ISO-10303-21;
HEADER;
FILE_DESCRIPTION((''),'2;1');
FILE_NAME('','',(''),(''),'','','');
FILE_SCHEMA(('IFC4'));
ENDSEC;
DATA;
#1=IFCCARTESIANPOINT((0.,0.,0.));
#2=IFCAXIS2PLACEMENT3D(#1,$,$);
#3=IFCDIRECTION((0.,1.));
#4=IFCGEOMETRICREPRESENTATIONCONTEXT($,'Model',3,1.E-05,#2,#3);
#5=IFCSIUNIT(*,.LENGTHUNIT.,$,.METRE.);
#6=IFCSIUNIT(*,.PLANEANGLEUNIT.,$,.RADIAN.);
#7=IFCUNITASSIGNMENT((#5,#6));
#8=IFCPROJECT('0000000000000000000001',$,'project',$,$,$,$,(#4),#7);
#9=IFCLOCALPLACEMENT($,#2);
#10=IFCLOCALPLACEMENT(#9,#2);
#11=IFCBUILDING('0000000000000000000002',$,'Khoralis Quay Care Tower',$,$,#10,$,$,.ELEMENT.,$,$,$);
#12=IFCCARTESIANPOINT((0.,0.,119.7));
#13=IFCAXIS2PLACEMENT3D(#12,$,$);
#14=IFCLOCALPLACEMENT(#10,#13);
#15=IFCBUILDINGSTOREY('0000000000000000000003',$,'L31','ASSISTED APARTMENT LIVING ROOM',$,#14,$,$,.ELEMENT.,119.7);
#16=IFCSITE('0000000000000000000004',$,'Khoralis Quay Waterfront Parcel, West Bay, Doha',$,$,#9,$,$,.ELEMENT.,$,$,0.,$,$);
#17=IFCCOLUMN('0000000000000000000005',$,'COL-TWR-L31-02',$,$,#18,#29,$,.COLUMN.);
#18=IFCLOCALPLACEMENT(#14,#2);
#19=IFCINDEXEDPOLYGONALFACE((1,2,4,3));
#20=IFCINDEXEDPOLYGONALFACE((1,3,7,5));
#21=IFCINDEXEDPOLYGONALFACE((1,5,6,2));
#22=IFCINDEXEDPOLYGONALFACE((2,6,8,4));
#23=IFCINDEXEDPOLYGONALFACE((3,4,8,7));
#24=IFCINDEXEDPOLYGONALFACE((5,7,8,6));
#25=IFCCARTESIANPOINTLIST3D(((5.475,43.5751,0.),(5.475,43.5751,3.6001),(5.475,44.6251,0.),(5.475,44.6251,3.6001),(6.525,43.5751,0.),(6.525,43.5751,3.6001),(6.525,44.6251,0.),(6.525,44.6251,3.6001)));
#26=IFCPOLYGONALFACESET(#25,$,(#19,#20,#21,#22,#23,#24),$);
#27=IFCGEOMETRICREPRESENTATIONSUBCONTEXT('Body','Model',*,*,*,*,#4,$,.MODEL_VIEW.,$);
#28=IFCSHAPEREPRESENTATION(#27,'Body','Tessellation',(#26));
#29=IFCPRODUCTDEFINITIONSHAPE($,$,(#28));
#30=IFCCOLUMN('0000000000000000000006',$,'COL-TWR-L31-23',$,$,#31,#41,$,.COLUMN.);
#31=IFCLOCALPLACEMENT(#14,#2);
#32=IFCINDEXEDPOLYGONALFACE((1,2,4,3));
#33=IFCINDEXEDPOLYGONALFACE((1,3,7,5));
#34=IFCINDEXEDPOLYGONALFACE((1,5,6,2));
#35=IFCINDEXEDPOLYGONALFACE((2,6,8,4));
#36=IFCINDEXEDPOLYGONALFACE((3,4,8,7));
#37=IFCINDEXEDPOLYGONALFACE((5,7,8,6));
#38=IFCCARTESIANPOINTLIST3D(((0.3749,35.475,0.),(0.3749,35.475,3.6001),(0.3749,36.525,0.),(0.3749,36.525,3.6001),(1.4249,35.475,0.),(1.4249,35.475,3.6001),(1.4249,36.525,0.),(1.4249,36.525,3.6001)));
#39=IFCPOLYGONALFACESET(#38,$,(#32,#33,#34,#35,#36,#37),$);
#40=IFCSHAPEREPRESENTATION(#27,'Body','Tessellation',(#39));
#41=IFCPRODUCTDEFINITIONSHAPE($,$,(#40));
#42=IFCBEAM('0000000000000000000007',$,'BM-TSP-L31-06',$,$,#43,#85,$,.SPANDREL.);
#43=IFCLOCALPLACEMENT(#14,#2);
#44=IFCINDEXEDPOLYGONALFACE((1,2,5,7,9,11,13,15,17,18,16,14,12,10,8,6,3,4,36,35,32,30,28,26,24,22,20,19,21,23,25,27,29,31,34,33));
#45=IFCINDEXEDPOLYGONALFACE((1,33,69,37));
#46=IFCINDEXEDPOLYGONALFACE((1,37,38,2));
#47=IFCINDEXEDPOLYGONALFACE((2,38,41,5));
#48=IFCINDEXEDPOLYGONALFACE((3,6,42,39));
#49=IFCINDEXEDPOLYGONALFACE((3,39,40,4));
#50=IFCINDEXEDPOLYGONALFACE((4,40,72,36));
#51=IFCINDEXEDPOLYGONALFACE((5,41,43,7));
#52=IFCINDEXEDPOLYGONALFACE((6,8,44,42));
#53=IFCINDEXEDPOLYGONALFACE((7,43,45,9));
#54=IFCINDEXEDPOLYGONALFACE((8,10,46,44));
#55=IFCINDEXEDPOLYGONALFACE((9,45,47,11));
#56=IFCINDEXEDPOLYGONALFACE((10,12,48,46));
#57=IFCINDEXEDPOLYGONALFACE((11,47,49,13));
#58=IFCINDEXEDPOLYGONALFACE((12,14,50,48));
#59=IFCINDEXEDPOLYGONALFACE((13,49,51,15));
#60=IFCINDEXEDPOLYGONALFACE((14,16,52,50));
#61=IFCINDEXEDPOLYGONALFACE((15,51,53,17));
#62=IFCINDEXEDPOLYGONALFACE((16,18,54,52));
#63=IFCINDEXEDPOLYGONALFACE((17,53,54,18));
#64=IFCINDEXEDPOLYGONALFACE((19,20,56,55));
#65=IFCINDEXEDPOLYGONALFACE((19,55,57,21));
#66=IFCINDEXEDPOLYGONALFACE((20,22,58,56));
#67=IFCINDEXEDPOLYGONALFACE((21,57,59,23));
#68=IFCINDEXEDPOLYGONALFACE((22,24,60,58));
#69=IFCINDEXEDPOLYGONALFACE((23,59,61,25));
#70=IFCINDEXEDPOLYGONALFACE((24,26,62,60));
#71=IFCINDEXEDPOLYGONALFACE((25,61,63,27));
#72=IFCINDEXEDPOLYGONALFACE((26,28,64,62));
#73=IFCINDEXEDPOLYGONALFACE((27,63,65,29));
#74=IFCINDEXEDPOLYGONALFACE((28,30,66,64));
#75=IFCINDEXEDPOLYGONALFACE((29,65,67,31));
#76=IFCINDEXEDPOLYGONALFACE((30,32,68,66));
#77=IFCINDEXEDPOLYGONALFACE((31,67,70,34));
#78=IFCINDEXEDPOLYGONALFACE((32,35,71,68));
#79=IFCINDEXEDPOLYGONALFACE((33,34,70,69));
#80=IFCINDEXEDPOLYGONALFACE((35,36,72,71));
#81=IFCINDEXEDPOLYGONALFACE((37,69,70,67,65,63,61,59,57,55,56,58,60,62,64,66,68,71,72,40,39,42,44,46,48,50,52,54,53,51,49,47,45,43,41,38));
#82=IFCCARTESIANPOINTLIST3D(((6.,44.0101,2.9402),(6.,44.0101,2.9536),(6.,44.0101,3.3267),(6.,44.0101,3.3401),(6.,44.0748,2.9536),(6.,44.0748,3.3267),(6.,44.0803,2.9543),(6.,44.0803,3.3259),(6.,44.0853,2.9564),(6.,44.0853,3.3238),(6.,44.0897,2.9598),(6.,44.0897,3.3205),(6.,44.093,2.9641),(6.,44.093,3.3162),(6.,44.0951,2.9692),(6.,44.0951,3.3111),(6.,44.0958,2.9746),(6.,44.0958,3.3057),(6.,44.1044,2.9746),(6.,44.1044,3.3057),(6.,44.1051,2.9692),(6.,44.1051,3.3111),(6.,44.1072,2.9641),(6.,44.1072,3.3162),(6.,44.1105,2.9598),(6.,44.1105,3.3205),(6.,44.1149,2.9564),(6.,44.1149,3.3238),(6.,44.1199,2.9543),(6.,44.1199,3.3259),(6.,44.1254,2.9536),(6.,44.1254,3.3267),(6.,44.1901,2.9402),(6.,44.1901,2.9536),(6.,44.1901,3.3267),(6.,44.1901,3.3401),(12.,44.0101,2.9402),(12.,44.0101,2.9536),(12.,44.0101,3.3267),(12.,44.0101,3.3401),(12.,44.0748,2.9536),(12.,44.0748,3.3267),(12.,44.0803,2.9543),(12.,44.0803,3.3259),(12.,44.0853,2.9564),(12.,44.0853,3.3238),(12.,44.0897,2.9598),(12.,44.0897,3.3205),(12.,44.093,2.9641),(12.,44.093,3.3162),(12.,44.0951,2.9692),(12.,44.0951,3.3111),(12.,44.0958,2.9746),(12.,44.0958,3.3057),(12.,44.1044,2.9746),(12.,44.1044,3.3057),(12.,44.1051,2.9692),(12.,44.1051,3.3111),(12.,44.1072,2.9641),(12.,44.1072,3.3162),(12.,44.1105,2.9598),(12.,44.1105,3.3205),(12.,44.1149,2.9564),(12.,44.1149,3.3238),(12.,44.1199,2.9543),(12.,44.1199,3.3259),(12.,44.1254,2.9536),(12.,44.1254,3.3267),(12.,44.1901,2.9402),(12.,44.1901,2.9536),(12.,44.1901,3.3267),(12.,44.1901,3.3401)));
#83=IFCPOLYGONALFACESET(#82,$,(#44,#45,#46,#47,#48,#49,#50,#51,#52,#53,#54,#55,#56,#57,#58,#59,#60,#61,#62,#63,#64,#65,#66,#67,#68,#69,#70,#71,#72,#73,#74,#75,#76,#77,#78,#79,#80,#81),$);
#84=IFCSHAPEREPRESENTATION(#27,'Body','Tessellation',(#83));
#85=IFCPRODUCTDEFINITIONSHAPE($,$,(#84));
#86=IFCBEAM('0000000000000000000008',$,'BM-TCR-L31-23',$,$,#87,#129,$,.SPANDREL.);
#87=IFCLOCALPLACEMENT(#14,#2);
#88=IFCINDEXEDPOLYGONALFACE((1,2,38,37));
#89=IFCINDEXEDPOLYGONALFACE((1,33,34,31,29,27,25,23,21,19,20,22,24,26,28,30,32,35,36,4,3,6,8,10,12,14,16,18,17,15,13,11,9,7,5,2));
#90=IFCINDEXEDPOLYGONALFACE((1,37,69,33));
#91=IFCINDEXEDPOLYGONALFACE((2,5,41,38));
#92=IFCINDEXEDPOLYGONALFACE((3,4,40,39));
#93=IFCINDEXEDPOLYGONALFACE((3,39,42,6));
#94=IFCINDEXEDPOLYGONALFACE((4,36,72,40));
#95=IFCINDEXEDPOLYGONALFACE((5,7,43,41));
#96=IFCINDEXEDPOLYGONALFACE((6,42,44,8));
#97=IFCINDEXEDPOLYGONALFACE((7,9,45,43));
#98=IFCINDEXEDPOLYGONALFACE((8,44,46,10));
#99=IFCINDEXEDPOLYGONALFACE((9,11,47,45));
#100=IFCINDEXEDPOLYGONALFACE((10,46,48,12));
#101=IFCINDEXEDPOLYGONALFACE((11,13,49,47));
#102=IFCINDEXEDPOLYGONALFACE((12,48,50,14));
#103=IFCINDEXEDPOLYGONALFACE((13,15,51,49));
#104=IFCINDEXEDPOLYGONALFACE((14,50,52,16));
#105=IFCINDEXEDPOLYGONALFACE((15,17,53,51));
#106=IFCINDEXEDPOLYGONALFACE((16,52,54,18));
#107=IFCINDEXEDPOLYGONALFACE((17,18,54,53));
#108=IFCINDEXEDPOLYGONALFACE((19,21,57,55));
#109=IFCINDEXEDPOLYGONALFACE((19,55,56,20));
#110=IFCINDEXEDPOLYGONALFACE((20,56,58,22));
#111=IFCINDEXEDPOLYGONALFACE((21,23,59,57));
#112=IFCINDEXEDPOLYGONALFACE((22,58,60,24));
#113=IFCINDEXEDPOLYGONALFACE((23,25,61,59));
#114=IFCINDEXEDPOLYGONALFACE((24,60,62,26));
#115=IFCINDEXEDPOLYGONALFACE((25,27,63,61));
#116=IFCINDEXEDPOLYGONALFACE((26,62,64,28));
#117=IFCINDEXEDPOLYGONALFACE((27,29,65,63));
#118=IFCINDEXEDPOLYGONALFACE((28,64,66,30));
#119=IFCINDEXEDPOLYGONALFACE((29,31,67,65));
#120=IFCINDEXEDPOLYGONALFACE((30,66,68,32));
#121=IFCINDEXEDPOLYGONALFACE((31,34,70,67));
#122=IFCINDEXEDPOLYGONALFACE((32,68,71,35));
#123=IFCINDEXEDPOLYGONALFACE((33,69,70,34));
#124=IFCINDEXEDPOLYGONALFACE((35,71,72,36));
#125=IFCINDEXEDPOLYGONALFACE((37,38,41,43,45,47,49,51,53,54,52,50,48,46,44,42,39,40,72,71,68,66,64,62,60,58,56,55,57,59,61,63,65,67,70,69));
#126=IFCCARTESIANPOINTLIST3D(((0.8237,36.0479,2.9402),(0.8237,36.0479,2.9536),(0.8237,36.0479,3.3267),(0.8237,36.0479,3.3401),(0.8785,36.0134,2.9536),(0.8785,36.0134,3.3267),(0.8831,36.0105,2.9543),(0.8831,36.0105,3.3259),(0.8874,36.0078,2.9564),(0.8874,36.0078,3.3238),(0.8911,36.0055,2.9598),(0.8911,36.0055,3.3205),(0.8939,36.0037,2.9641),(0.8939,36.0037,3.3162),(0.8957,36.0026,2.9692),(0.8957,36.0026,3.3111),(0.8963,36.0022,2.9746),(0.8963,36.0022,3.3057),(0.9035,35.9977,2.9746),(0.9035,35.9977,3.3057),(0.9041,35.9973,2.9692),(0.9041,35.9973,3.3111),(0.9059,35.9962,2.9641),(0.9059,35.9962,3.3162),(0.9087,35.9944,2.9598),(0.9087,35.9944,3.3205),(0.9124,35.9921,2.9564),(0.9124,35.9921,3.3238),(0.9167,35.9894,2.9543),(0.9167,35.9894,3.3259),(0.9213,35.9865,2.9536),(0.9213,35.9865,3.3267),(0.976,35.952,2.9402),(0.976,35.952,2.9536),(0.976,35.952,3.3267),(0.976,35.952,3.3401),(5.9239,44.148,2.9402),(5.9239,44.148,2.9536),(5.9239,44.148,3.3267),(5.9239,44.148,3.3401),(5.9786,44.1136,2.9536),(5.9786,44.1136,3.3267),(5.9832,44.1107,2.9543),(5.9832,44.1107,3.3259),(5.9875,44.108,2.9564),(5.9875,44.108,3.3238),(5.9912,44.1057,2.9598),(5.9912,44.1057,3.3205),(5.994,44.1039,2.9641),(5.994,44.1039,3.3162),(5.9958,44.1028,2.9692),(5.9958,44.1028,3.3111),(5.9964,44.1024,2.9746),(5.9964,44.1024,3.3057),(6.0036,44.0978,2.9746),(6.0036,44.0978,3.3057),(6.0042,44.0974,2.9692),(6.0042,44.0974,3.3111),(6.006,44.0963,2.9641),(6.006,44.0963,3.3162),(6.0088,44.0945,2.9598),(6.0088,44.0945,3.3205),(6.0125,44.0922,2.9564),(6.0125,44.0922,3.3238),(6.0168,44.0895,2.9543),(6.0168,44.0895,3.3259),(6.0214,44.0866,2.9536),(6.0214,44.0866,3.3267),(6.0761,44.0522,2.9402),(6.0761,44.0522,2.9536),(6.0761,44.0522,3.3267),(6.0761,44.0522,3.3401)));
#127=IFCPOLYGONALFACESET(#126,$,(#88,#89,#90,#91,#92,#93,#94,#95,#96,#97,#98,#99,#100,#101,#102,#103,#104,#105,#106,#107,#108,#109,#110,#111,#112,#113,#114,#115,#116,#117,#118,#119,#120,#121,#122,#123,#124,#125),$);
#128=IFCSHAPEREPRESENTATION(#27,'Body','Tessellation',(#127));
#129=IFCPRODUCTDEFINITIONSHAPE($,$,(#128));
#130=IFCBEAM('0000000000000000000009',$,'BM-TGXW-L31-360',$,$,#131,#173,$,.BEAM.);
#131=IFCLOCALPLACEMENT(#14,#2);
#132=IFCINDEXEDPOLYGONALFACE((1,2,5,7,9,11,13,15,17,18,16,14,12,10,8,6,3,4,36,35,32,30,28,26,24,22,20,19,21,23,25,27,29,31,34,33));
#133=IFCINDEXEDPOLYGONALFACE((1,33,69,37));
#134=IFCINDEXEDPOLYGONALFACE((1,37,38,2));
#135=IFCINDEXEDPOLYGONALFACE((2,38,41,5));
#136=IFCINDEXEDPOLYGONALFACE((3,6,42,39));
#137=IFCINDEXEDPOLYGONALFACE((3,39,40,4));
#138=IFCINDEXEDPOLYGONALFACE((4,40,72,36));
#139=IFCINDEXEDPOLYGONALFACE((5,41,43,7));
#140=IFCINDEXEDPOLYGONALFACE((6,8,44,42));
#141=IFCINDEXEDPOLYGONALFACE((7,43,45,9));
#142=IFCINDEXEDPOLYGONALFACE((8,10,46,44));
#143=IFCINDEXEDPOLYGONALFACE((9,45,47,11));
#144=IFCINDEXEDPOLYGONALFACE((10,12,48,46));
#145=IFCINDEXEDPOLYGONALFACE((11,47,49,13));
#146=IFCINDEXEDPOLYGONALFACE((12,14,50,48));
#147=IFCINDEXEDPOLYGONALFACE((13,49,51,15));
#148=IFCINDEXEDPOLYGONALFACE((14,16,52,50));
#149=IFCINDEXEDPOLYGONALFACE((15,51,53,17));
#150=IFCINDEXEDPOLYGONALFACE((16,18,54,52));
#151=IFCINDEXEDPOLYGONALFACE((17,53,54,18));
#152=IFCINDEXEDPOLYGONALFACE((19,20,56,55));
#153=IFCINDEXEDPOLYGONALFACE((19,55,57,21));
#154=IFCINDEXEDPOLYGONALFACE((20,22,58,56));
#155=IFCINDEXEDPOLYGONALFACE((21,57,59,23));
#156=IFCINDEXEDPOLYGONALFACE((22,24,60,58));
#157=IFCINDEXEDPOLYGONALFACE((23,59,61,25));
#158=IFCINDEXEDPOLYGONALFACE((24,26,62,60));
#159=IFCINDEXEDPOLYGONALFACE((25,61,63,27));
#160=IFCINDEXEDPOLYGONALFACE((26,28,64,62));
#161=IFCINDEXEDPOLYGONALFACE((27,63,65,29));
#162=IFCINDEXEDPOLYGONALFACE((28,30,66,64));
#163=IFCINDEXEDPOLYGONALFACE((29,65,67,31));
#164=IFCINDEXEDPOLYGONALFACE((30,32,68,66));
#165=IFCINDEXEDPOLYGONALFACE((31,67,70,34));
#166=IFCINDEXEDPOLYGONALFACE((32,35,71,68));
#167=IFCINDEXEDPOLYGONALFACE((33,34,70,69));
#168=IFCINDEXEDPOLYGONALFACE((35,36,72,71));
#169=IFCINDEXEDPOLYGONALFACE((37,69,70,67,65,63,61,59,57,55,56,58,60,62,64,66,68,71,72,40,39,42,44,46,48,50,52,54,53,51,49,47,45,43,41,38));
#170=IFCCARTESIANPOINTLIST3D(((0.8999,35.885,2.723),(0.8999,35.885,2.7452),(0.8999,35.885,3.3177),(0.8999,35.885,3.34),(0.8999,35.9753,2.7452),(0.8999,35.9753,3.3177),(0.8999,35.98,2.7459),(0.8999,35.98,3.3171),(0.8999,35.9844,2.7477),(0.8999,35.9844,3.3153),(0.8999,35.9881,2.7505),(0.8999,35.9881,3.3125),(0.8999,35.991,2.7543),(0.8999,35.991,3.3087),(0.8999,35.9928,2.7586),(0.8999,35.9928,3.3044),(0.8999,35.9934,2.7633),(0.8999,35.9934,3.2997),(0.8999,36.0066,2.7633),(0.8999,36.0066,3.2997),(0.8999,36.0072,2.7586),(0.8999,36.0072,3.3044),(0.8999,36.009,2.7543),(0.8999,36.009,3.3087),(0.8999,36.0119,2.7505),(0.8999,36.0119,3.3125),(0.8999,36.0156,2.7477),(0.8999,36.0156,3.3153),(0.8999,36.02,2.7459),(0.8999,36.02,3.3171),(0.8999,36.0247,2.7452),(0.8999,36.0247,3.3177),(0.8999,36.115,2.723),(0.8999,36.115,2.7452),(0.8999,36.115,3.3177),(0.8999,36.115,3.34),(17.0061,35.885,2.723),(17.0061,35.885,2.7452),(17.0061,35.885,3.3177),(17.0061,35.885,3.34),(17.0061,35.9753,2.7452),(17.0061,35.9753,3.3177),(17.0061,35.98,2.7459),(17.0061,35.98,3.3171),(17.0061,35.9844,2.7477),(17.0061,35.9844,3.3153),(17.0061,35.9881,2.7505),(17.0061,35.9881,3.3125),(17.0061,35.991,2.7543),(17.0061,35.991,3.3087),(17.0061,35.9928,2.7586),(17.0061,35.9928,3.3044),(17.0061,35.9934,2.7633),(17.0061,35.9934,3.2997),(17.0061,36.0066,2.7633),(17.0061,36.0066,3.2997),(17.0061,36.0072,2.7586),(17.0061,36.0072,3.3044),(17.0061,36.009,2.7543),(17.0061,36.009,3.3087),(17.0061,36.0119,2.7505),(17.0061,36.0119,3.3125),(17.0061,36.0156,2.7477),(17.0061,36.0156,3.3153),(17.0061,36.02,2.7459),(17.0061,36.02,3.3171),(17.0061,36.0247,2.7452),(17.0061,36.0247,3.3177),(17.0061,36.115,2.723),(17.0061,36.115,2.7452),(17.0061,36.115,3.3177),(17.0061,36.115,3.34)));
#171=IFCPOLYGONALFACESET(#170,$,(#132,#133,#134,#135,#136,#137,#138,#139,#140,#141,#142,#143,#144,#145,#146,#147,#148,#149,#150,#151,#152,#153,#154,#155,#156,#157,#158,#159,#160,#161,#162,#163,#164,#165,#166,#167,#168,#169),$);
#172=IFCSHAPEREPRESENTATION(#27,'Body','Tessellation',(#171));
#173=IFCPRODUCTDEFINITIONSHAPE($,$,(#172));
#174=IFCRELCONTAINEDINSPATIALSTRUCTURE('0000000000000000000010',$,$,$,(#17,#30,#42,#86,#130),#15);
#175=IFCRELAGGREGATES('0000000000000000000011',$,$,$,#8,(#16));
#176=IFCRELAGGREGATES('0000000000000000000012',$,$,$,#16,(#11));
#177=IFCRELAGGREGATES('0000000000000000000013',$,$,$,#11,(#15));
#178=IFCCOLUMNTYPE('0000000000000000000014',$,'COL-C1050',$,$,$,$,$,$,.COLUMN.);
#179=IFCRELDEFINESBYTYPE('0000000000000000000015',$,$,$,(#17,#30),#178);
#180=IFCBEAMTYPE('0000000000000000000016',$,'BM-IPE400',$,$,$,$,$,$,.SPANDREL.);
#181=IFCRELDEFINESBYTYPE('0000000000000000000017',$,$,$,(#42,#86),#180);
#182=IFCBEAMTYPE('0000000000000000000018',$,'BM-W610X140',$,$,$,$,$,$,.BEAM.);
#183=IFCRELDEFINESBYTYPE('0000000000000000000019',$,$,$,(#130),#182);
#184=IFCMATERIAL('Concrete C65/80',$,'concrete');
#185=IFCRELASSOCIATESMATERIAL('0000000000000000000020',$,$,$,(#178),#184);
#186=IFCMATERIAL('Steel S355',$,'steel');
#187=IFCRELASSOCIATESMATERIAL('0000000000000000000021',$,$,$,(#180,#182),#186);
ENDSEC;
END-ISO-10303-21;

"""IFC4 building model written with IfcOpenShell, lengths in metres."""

from ifc_helpers import new_model, si_unit, direction, frame, origin, origin_2d, place, context, subcontext, project, spatial, rectangle, i_section, extrude, source, transform, mapped, material, material_profile, profile_set, type_object, element, save


model = new_model("IFC4")

# Units and contexts
model_context = context("Model", 3, precision=1e-05, world=origin(), true_north=direction((0.0, 1.0)))
body_context = subcontext(model_context, "Body", "Model", "MODEL_VIEW")
ifc_project = project(units=[si_unit("LENGTHUNIT", "METRE"), si_unit("PLANEANGLEUNIT", "RADIAN")], contexts=[model_context])

# Site, building, storey
site_placement = place(None, origin())
site = spatial("IfcSite", under=ifc_project, at=site_placement, Name="Khoralis Quay Waterfront Parcel, West Bay, Doha", CompositionType="ELEMENT", RefElevation=0.0)
building_placement = place(site_placement, origin())
building = spatial("IfcBuilding", under=site, at=building_placement, Name="Khoralis Quay Care Tower", CompositionType="ELEMENT")
storey_placement = place(building_placement, frame((0.0, 0.0, 119.7)))
storey = spatial("IfcBuildingStorey", under=building, at=storey_placement, Name="L31", Description="ASSISTED APARTMENT LIVING ROOM", CompositionType="ELEMENT", Elevation=119.7)

# Columns
ifc_material_1 = material(Name="Concrete C65/80", Category="concrete")
ifc_material_profile_1 = material_profile(ifc_material_1, rectangle(XDim=1.05, YDim=1.05, at=origin_2d()), Name="Concrete C65/80")
ifc_profile_set_1 = profile_set([ifc_material_profile_1], Name="Concrete C65/80")
column_type = type_object("IfcColumnType", Name="COL-C1050", PredefinedType="COLUMN", material=ifc_profile_set_1)
shared_shape_1 = source(origin(), body_context, "Body", "SweptSolid", [
    extrude(rectangle(XDim=1.05, YDim=1.05, at=origin_2d()), origin(), (0.0, 0.0, 1.0), 3.6001),
])
for number, where, z_axis, x_axis, name in (
    (1, (6.0, 44.1001, 0.0), (0.0, 0.0, 1.0), (1.0, 0.0, 0.0), "COL-TWR-L31-02"),
    (2, (0.8999, 36.0, 0.0), (0.0, 0.0, 1.0), (1.0, 0.0, 0.0), "COL-TWR-L31-23"),
):
    element("IfcColumn", number, at=place(storey_placement, frame(where, z_axis=z_axis, x_axis=x_axis)), inside=storey, type_object=column_type, Name=name, PredefinedType="COLUMN", context=body_context, shape_type="MappedRepresentation", body=[
        mapped(shared_shape_1, transform((0.0, 0.0, 0.0), scale=1.0)),
    ])

# Beams
ifc_material_2 = material(Name="Steel S355", Category="steel")
ifc_material_profile_2 = material_profile(ifc_material_2, i_section(OverallWidth=0.1799, OverallDepth=0.3999, WebThickness=0.0085, FlangeThickness=0.0134, FilletRadius=0.021, at=origin_2d()), Name="Steel S355")
ifc_profile_set_2 = profile_set([ifc_material_profile_2], Name="Steel S355")
beam_type_1 = type_object("IfcBeamType", Name="BM-IPE400", PredefinedType="SPANDREL", material=ifc_profile_set_2)
shared_shape_2 = source(origin(), body_context, "Body", "SweptSolid", [
    extrude(i_section(OverallWidth=0.1799, OverallDepth=0.3999, WebThickness=0.0085, FlangeThickness=0.0134, FilletRadius=0.021, at=origin_2d()), origin(), (0.0, 0.0, 1.0), 6.0),
])
beam_1_placement = place(storey_placement, frame((6.0, 44.1001, 3.1401), z_axis=(1.0, 0.0, 0.0), x_axis=(0.0, 1.0, 0.0)))
element("IfcBeam", 3, at=beam_1_placement, inside=storey, type_object=beam_type_1, Name="BM-TSP-L31-06", PredefinedType="SPANDREL", context=body_context, shape_type="MappedRepresentation", body=[
    mapped(shared_shape_2, transform((0.0, 0.0, 0.0), scale=1.0)),
])
shared_shape_3 = source(origin(), body_context, "Body", "SweptSolid", [
    extrude(i_section(OverallWidth=0.1799, OverallDepth=0.3999, WebThickness=0.0085, FlangeThickness=0.0134, FilletRadius=0.021, at=origin_2d()), origin(), (0.0, 0.0, 1.0), 9.572),
])
beam_2_placement = place(storey_placement, frame((6.0, 44.1001, 3.1401), z_axis=(-0.532816, -0.846231, 0.0), x_axis=(0.846231, -0.532816, 0.0)))
element("IfcBeam", 4, at=beam_2_placement, inside=storey, type_object=beam_type_1, Name="BM-TCR-L31-23", PredefinedType="SPANDREL", context=body_context, shape_type="MappedRepresentation", body=[
    mapped(shared_shape_3, transform((0.0, 0.0, 0.0), scale=1.0)),
])
ifc_material_profile_3 = material_profile(ifc_material_2, i_section(OverallWidth=0.23, OverallDepth=0.6169, WebThickness=0.0132, FlangeThickness=0.0222, FilletRadius=0.0181, at=origin_2d()), Name="Steel S355")
ifc_profile_set_3 = profile_set([ifc_material_profile_3], Name="Steel S355")
beam_type_2 = type_object("IfcBeamType", Name="BM-W610X140", PredefinedType="BEAM", material=ifc_profile_set_3)
shared_shape_4 = source(origin(), body_context, "Body", "SweptSolid", [
    extrude(i_section(OverallWidth=0.23, OverallDepth=0.6169, WebThickness=0.0132, FlangeThickness=0.0222, FilletRadius=0.0181, at=origin_2d()), origin(), (0.0, 0.0, 1.0), 16.1062),
])
beam_3_placement = place(storey_placement, frame((0.8999, 36.0, 3.0315), z_axis=(1.0, 0.0, 0.0), x_axis=(0.0, 1.0, 0.0)))
element("IfcBeam", 5, at=beam_3_placement, inside=storey, type_object=beam_type_2, Name="BM-TGXW-L31-360", PredefinedType="BEAM", context=body_context, shape_type="MappedRepresentation", body=[
    mapped(shared_shape_4, transform((0.0, 0.0, 0.0), scale=1.0)),
])

save(model, "model.ifc")
